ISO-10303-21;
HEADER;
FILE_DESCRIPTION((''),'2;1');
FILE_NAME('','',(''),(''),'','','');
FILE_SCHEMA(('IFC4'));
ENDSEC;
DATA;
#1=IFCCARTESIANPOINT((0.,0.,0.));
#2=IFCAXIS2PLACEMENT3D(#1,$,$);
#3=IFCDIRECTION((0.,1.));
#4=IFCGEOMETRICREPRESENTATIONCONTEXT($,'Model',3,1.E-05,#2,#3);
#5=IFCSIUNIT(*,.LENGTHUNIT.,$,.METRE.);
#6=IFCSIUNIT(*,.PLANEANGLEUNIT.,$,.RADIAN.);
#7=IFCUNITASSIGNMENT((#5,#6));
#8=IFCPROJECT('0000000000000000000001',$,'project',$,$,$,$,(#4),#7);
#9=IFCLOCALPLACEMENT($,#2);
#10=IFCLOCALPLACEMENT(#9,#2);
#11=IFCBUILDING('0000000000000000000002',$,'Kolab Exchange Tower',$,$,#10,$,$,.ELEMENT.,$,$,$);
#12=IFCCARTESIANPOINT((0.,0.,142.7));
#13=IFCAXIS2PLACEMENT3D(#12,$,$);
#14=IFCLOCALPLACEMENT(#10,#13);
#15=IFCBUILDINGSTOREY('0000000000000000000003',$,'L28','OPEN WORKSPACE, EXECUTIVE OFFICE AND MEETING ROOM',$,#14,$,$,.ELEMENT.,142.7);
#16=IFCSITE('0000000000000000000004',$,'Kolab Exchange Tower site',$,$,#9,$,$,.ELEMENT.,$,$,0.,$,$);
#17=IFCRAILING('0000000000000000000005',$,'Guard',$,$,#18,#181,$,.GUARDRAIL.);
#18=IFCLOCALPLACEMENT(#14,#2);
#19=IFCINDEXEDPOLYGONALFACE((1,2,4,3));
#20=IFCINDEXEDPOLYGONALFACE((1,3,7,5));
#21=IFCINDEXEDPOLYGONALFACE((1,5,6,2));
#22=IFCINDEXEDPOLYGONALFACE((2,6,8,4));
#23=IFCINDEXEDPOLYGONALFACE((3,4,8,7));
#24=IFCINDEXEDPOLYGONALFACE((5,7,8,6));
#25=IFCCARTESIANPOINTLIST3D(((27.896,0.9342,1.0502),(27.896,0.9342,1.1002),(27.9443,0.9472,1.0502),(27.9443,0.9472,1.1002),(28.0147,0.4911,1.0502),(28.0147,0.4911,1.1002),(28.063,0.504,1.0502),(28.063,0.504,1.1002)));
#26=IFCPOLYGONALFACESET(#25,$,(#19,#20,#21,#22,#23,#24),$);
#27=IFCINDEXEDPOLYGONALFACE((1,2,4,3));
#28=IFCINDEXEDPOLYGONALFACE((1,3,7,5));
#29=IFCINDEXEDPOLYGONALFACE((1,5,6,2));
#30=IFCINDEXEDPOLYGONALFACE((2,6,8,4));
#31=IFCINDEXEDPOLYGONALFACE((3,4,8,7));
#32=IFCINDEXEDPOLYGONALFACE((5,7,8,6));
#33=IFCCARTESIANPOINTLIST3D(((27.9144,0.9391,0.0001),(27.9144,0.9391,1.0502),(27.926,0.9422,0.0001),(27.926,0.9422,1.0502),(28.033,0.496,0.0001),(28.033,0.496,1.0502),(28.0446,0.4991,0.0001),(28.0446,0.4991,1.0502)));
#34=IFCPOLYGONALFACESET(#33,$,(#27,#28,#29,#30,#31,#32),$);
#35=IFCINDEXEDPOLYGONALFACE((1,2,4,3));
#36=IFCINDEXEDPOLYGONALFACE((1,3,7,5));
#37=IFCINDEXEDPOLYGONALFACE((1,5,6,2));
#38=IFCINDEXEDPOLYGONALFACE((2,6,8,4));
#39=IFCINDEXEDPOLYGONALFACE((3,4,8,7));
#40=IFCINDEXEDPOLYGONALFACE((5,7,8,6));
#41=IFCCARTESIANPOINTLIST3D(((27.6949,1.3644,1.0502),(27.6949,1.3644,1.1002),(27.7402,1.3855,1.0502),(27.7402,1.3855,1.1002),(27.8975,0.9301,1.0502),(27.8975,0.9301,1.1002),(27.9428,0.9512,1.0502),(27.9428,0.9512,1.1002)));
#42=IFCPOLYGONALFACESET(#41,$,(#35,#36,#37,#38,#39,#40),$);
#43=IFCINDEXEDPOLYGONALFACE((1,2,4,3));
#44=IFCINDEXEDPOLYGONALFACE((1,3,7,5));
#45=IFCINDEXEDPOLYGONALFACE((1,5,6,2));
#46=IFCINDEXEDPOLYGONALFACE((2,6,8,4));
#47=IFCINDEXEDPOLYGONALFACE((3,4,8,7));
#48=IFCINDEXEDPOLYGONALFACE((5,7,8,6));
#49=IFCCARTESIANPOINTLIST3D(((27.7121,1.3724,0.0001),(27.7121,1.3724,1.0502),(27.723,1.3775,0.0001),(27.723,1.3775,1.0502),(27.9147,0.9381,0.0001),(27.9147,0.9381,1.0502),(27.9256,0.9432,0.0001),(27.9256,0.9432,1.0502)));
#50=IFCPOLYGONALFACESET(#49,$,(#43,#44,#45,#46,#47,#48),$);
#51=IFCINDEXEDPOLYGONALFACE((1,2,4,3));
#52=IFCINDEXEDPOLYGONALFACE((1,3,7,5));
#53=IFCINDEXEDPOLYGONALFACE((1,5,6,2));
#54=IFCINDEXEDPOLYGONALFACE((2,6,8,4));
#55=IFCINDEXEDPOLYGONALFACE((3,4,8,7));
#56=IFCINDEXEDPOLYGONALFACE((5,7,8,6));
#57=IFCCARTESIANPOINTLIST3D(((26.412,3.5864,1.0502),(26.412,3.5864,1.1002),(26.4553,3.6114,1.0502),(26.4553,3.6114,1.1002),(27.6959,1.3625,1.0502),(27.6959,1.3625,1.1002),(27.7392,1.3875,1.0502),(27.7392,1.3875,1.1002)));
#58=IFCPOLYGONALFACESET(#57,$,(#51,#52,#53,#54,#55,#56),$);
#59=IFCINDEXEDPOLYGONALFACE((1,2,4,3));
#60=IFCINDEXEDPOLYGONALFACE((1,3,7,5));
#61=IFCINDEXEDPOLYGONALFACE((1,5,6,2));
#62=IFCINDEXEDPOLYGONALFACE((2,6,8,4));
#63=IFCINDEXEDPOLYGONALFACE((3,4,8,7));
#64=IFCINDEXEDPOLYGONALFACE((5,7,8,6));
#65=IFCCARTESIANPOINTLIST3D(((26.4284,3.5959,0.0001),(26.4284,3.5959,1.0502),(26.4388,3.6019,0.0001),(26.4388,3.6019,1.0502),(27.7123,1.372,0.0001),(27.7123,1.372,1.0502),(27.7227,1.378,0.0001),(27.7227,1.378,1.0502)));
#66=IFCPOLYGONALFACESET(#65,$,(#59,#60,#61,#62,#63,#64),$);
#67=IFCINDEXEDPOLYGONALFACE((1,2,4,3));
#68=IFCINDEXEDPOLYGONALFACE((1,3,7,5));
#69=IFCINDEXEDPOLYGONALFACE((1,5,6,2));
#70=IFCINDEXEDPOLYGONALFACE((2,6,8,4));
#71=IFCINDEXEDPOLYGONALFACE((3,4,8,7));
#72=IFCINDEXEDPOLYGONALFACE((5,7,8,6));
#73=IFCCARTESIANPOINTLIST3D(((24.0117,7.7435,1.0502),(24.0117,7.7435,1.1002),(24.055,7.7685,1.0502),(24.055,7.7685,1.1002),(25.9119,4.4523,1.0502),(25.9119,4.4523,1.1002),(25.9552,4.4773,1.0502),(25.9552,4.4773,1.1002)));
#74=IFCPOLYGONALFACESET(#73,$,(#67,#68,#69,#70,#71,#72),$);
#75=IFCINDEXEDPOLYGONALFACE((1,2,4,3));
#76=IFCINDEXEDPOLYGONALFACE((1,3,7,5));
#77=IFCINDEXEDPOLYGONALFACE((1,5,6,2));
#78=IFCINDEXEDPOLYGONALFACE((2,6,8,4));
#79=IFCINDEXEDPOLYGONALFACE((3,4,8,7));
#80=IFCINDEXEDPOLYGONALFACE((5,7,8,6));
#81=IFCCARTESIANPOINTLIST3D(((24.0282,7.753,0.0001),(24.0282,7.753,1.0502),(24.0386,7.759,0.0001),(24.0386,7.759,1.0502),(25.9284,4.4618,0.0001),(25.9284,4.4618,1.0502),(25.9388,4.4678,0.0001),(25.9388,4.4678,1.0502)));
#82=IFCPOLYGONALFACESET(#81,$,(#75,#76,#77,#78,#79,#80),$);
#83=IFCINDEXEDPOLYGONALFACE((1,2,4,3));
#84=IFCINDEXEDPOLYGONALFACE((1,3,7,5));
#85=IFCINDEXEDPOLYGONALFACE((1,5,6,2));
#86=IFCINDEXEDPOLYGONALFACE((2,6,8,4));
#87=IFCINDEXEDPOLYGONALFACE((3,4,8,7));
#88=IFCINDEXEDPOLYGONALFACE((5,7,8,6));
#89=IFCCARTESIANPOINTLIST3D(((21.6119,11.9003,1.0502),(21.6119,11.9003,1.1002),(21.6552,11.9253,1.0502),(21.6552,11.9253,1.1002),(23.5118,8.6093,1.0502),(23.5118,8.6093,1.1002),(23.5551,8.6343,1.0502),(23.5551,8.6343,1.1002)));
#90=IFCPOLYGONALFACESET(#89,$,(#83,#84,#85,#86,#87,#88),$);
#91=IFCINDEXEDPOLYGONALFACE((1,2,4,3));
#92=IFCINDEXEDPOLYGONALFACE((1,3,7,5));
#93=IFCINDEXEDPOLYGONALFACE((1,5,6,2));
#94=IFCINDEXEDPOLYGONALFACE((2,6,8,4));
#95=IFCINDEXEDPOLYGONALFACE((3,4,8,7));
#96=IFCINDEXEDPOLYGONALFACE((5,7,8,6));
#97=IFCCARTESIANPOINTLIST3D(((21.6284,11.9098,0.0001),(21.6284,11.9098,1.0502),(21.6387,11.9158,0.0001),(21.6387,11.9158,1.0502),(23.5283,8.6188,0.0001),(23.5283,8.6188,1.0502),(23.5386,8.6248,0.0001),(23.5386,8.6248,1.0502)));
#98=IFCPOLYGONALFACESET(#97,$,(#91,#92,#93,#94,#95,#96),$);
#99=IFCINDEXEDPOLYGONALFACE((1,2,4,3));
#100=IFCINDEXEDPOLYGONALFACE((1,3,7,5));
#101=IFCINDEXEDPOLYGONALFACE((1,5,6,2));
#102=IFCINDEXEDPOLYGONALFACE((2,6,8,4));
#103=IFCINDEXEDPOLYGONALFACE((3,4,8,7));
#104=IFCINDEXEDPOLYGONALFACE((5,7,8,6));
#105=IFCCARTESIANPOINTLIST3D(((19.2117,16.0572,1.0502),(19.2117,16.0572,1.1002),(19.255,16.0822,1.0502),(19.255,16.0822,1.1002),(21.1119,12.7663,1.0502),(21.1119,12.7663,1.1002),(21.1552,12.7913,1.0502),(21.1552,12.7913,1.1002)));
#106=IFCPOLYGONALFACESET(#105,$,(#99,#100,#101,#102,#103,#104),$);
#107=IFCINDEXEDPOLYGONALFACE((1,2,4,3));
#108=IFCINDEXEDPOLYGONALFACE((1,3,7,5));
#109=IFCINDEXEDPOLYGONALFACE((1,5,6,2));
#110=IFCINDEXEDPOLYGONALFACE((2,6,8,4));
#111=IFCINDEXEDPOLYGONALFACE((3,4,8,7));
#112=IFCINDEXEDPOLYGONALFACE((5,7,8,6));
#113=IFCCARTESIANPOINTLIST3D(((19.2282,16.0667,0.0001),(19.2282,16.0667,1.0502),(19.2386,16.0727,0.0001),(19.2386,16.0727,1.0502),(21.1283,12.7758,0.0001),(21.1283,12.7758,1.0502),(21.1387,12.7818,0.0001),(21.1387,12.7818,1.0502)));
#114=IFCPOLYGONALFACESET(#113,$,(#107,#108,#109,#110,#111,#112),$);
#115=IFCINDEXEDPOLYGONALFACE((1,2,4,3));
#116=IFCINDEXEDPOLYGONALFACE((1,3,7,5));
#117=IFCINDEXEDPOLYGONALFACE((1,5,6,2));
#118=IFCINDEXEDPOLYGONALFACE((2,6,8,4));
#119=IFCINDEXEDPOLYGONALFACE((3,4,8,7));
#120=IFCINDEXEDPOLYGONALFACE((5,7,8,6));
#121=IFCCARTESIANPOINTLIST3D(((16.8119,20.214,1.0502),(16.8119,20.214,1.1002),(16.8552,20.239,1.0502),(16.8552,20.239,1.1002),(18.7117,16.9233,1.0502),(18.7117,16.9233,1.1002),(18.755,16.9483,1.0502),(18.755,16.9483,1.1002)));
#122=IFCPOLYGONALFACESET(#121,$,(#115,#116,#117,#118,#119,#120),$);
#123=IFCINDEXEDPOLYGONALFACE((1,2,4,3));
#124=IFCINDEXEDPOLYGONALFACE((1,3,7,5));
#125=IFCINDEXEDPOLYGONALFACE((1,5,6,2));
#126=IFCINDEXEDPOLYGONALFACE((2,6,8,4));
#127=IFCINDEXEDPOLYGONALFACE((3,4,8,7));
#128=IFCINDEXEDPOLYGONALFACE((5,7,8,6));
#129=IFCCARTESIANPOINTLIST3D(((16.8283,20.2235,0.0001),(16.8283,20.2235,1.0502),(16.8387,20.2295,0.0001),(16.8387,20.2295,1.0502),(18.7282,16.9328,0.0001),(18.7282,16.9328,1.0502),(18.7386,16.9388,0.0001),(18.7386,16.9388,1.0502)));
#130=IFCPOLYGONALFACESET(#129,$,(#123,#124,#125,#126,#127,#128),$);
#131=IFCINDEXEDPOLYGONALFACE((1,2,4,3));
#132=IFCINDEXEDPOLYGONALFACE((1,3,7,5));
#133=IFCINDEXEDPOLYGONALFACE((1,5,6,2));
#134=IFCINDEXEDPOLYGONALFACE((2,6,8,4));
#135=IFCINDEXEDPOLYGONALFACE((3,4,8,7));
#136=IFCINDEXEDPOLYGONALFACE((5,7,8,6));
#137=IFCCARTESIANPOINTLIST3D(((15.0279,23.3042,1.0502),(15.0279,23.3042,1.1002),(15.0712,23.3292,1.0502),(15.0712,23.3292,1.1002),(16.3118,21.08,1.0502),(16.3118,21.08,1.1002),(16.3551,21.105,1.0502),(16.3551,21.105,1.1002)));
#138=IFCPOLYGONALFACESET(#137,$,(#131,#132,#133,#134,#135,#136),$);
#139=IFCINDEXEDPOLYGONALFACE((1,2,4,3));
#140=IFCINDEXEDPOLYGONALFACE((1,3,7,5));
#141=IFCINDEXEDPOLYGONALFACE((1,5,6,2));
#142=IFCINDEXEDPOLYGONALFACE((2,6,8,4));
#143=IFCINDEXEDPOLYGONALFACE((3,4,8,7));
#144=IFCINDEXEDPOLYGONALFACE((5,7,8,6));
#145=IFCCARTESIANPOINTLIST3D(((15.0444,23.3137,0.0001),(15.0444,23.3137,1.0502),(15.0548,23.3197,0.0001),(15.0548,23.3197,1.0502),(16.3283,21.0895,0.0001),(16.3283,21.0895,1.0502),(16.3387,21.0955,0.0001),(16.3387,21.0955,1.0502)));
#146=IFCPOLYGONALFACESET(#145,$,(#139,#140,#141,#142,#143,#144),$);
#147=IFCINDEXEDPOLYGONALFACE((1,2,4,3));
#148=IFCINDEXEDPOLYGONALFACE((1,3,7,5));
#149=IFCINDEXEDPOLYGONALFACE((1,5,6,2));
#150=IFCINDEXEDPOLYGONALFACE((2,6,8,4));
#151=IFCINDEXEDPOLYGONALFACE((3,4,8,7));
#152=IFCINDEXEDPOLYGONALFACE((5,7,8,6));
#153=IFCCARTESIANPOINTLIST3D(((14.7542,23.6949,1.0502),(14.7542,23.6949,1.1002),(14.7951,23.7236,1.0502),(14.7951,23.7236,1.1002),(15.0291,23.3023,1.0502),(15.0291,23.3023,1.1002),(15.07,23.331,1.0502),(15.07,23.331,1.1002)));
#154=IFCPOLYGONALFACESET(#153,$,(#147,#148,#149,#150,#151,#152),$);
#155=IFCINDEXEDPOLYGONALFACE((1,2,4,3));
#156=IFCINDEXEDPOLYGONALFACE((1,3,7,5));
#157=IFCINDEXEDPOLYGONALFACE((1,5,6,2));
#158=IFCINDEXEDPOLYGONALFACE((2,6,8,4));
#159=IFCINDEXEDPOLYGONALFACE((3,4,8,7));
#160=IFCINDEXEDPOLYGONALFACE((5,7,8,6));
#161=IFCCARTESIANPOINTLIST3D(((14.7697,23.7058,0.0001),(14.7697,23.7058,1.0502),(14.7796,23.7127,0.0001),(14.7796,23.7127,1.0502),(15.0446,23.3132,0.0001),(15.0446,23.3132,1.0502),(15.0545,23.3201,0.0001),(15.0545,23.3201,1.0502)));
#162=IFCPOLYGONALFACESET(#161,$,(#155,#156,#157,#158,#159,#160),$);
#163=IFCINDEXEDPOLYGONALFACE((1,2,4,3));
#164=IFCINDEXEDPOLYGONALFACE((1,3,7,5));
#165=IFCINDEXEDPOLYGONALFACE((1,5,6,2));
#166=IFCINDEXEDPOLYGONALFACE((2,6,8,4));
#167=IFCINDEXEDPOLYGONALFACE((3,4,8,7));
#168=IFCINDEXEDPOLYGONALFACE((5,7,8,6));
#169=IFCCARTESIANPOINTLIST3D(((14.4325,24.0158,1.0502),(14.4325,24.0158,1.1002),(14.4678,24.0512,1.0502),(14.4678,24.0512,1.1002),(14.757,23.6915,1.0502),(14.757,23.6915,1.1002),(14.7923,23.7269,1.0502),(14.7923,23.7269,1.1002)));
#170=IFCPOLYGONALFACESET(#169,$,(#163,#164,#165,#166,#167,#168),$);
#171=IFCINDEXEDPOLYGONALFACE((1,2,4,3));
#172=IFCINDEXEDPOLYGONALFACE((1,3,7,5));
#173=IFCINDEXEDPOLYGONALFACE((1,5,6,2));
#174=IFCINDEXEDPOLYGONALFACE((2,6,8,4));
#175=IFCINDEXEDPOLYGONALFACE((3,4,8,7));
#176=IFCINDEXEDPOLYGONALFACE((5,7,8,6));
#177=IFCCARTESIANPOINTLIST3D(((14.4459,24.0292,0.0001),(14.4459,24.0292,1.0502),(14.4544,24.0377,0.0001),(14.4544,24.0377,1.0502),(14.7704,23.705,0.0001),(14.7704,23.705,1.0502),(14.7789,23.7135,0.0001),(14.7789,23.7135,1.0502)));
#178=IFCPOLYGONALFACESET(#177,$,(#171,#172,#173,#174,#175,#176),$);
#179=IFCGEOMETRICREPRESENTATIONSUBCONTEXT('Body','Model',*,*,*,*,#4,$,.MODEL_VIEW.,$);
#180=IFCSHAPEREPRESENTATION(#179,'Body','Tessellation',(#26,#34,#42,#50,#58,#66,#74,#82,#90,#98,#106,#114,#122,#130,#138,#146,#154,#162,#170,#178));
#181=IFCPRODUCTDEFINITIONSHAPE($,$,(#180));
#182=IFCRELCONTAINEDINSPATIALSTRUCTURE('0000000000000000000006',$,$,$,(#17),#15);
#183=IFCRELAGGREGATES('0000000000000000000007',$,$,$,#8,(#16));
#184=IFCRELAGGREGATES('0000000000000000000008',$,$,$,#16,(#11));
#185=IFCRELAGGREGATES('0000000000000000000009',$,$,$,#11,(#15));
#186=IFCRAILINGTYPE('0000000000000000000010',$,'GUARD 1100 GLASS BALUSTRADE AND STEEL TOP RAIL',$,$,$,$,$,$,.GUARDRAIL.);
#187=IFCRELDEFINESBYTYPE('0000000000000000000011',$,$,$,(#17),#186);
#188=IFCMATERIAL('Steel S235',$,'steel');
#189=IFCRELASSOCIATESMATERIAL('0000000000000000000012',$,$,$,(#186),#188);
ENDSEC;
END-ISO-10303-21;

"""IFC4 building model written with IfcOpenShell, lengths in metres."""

from ifc_helpers import new_model, si_unit, direction, frame, frame_2d, origin, origin_2d, place, context, subcontext, project, spatial, rectangle, extrude, material, type_object, element, save


model = new_model("IFC4")

# Units and contexts
model_context = context("Model", 3, precision=1e-05, world=origin(), true_north=direction((0.0, 1.0)))
body_context = subcontext(model_context, "Body", "Model", "MODEL_VIEW")
ifc_project = project(units=[si_unit("LENGTHUNIT", "METRE"), si_unit("PLANEANGLEUNIT", "RADIAN")], contexts=[model_context])

# Site, building, storey
site_placement = place(None, origin())
site = spatial("IfcSite", under=ifc_project, at=site_placement, Name="Kolab Exchange Tower site", CompositionType="ELEMENT", RefElevation=0.0)
building_placement = place(site_placement, origin())
building = spatial("IfcBuilding", under=site, at=building_placement, Name="Kolab Exchange Tower", CompositionType="ELEMENT")
storey_placement = place(building_placement, frame((0.0, 0.0, 142.7)))
storey = spatial("IfcBuildingStorey", under=building, at=storey_placement, Name="L28", Description="OPEN WORKSPACE, EXECUTIVE OFFICE AND MEETING ROOM", CompositionType="ELEMENT", Elevation=142.7)

# Railing
ifc_material_1 = material(Name="Steel S235", Category="steel")
railing_type = type_object("IfcRailingType", Name="GUARD 1100 GLASS BALUSTRADE AND STEEL TOP RAIL", PredefinedType="GUARDRAIL", material=ifc_material_1)
railing_placement = place(storey_placement, frame((28.0388, 0.4976, 0.0)))
element("IfcRailing", 1, at=railing_placement, inside=storey, type_object=railing_type, Name="Guard", PredefinedType="GUARDRAIL", context=body_context, shape_type="SweptSolid", body=[
    extrude(rectangle(XDim=0.05, YDim=0.05, at=origin_2d()), frame((0.0, 0.0, 1.0752), z_axis=(-0.258656, 0.965969, 0.0), x_axis=(-0.965969, -0.258656, 0.0)), (0.0, 0.0, 1.0), 0.4587),
    extrude(rectangle(XDim=0.012, YDim=1.0501, at=frame_2d((0.0, 0.5251))), frame((0.0, 0.0, 0.0), z_axis=(-0.258656, 0.965969, 0.0), x_axis=(-0.965969, -0.258656, 0.0)), (0.0, 0.0, 1.0), 0.4587),
    extrude(rectangle(XDim=0.05, YDim=0.05, at=origin_2d()), frame((-0.1187, 0.4431, 1.0752), z_axis=(-0.422802, 0.906222, 0.0), x_axis=(-0.906222, -0.422802, 0.0)), (0.0, 0.0, 1.0), 0.4792),
    extrude(rectangle(XDim=0.012, YDim=1.0501, at=frame_2d((0.0, 0.5251))), frame((-0.1187, 0.4431, 0.0), z_axis=(-0.422802, 0.906222, 0.0), x_axis=(-0.906222, -0.422802, 0.0)), (0.0, 0.0, 1.0), 0.4792),
    extrude(rectangle(XDim=0.05, YDim=0.05, at=origin_2d()), frame((-0.3213, 0.8774, 1.0752), z_axis=(-0.499994, 0.866029, 0.0), x_axis=(-0.866029, -0.499994, 0.0)), (0.0, 0.0, 1.0), 2.5679),
    extrude(rectangle(XDim=0.012, YDim=1.0501, at=frame_2d((0.0, 0.5251))), frame((-0.3213, 0.8774, 0.0), z_axis=(-0.499994, 0.866029, 0.0), x_axis=(-0.866029, -0.499994, 0.0)), (0.0, 0.0, 1.0), 2.5679),
    extrude(rectangle(XDim=0.05, YDim=0.05, at=origin_2d()), frame((-2.1052, 3.9673, 1.0752), z_axis=(-0.500015, 0.866017, 0.0), x_axis=(-0.866017, -0.500015, 0.0)), (0.0, 0.0, 1.0), 3.8003),
    extrude(rectangle(XDim=0.012, YDim=1.0501, at=frame_2d((0.0, 0.5251))), frame((-2.1052, 3.9673, 0.0), z_axis=(-0.500015, 0.866017, 0.0), x_axis=(-0.866017, -0.500015, 0.0)), (0.0, 0.0, 1.0), 3.8003),
    extrude(rectangle(XDim=0.05, YDim=0.05, at=origin_2d()), frame((-4.5054, 8.1243, 1.0752), z_axis=(-0.499967, 0.866044, 0.0), x_axis=(-0.866044, -0.499967, 0.0)), (0.0, 0.0, 1.0), 3.8),
    extrude(rectangle(XDim=0.012, YDim=1.0501, at=frame_2d((0.0, 0.5251))), frame((-4.5054, 8.1243, 0.0), z_axis=(-0.499967, 0.866044, 0.0), x_axis=(-0.866044, -0.499967, 0.0)), (0.0, 0.0, 1.0), 3.8),
    extrude(rectangle(XDim=0.05, YDim=0.05, at=origin_2d()), frame((-6.9053, 12.2812, 1.0752), z_axis=(-0.500043, 0.866, 0.0), x_axis=(-0.866, -0.500043, 0.0)), (0.0, 0.0, 1.0), 3.8),
    extrude(rectangle(XDim=0.012, YDim=1.0501, at=frame_2d((0.0, 0.5251))), frame((-6.9053, 12.2812, 0.0), z_axis=(-0.500043, 0.866, 0.0), x_axis=(-0.866, -0.500043, 0.0)), (0.0, 0.0, 1.0), 3.8),
    extrude(rectangle(XDim=0.05, YDim=0.05, at=origin_2d()), frame((-9.3054, 16.4382, 1.0752), z_axis=(-0.499995, 0.866028, 0.0), x_axis=(-0.866028, -0.499995, 0.0)), (0.0, 0.0, 1.0), 3.7998),
    extrude(rectangle(XDim=0.012, YDim=1.0501, at=frame_2d((0.0, 0.5251))), frame((-9.3054, 16.4382, 0.0), z_axis=(-0.499995, 0.866028, 0.0), x_axis=(-0.866028, -0.499995, 0.0)), (0.0, 0.0, 1.0), 3.7998),
    extrude(rectangle(XDim=0.05, YDim=0.05, at=origin_2d()), frame((-11.7053, 20.595, 1.0752), z_axis=(-0.499953, 0.866053, 0.0), x_axis=(-0.866053, -0.499953, 0.0)), (0.0, 0.0, 1.0), 2.5681),
    extrude(rectangle(XDim=0.012, YDim=1.0501, at=frame_2d((0.0, 0.5251))), frame((-11.7053, 20.595, 0.0), z_axis=(-0.499953, 0.866053, 0.0), x_axis=(-0.866053, -0.499953, 0.0)), (0.0, 0.0, 1.0), 2.5681),
    extrude(rectangle(XDim=0.05, YDim=0.05, at=origin_2d()), frame((-12.9893, 22.8191, 1.0752), z_axis=(-0.573599, 0.819136, 0.0), x_axis=(-0.819136, -0.573599, 0.0)), (0.0, 0.0, 1.0), 0.4792),
    extrude(rectangle(XDim=0.012, YDim=1.0501, at=frame_2d((0.0, 0.5251))), frame((-12.9893, 22.8191, 0.0), z_axis=(-0.573599, 0.819136, 0.0), x_axis=(-0.819136, -0.573599, 0.0)), (0.0, 0.0, 1.0), 0.4792),
    extrude(rectangle(XDim=0.05, YDim=0.05, at=origin_2d()), frame((-13.2642, 23.2117, 1.0752), z_axis=(-0.707373, 0.706841, 0.0), x_axis=(-0.706841, -0.707373, 0.0)), (0.0, 0.0, 1.0), 0.4587),
    extrude(rectangle(XDim=0.012, YDim=1.0501, at=frame_2d((0.0, 0.5251))), frame((-13.2642, 23.2117, 0.0), z_axis=(-0.707373, 0.706841, 0.0), x_axis=(-0.706841, -0.707373, 0.0)), (0.0, 0.0, 1.0), 0.4587),
])

save(model, "model.ifc")
